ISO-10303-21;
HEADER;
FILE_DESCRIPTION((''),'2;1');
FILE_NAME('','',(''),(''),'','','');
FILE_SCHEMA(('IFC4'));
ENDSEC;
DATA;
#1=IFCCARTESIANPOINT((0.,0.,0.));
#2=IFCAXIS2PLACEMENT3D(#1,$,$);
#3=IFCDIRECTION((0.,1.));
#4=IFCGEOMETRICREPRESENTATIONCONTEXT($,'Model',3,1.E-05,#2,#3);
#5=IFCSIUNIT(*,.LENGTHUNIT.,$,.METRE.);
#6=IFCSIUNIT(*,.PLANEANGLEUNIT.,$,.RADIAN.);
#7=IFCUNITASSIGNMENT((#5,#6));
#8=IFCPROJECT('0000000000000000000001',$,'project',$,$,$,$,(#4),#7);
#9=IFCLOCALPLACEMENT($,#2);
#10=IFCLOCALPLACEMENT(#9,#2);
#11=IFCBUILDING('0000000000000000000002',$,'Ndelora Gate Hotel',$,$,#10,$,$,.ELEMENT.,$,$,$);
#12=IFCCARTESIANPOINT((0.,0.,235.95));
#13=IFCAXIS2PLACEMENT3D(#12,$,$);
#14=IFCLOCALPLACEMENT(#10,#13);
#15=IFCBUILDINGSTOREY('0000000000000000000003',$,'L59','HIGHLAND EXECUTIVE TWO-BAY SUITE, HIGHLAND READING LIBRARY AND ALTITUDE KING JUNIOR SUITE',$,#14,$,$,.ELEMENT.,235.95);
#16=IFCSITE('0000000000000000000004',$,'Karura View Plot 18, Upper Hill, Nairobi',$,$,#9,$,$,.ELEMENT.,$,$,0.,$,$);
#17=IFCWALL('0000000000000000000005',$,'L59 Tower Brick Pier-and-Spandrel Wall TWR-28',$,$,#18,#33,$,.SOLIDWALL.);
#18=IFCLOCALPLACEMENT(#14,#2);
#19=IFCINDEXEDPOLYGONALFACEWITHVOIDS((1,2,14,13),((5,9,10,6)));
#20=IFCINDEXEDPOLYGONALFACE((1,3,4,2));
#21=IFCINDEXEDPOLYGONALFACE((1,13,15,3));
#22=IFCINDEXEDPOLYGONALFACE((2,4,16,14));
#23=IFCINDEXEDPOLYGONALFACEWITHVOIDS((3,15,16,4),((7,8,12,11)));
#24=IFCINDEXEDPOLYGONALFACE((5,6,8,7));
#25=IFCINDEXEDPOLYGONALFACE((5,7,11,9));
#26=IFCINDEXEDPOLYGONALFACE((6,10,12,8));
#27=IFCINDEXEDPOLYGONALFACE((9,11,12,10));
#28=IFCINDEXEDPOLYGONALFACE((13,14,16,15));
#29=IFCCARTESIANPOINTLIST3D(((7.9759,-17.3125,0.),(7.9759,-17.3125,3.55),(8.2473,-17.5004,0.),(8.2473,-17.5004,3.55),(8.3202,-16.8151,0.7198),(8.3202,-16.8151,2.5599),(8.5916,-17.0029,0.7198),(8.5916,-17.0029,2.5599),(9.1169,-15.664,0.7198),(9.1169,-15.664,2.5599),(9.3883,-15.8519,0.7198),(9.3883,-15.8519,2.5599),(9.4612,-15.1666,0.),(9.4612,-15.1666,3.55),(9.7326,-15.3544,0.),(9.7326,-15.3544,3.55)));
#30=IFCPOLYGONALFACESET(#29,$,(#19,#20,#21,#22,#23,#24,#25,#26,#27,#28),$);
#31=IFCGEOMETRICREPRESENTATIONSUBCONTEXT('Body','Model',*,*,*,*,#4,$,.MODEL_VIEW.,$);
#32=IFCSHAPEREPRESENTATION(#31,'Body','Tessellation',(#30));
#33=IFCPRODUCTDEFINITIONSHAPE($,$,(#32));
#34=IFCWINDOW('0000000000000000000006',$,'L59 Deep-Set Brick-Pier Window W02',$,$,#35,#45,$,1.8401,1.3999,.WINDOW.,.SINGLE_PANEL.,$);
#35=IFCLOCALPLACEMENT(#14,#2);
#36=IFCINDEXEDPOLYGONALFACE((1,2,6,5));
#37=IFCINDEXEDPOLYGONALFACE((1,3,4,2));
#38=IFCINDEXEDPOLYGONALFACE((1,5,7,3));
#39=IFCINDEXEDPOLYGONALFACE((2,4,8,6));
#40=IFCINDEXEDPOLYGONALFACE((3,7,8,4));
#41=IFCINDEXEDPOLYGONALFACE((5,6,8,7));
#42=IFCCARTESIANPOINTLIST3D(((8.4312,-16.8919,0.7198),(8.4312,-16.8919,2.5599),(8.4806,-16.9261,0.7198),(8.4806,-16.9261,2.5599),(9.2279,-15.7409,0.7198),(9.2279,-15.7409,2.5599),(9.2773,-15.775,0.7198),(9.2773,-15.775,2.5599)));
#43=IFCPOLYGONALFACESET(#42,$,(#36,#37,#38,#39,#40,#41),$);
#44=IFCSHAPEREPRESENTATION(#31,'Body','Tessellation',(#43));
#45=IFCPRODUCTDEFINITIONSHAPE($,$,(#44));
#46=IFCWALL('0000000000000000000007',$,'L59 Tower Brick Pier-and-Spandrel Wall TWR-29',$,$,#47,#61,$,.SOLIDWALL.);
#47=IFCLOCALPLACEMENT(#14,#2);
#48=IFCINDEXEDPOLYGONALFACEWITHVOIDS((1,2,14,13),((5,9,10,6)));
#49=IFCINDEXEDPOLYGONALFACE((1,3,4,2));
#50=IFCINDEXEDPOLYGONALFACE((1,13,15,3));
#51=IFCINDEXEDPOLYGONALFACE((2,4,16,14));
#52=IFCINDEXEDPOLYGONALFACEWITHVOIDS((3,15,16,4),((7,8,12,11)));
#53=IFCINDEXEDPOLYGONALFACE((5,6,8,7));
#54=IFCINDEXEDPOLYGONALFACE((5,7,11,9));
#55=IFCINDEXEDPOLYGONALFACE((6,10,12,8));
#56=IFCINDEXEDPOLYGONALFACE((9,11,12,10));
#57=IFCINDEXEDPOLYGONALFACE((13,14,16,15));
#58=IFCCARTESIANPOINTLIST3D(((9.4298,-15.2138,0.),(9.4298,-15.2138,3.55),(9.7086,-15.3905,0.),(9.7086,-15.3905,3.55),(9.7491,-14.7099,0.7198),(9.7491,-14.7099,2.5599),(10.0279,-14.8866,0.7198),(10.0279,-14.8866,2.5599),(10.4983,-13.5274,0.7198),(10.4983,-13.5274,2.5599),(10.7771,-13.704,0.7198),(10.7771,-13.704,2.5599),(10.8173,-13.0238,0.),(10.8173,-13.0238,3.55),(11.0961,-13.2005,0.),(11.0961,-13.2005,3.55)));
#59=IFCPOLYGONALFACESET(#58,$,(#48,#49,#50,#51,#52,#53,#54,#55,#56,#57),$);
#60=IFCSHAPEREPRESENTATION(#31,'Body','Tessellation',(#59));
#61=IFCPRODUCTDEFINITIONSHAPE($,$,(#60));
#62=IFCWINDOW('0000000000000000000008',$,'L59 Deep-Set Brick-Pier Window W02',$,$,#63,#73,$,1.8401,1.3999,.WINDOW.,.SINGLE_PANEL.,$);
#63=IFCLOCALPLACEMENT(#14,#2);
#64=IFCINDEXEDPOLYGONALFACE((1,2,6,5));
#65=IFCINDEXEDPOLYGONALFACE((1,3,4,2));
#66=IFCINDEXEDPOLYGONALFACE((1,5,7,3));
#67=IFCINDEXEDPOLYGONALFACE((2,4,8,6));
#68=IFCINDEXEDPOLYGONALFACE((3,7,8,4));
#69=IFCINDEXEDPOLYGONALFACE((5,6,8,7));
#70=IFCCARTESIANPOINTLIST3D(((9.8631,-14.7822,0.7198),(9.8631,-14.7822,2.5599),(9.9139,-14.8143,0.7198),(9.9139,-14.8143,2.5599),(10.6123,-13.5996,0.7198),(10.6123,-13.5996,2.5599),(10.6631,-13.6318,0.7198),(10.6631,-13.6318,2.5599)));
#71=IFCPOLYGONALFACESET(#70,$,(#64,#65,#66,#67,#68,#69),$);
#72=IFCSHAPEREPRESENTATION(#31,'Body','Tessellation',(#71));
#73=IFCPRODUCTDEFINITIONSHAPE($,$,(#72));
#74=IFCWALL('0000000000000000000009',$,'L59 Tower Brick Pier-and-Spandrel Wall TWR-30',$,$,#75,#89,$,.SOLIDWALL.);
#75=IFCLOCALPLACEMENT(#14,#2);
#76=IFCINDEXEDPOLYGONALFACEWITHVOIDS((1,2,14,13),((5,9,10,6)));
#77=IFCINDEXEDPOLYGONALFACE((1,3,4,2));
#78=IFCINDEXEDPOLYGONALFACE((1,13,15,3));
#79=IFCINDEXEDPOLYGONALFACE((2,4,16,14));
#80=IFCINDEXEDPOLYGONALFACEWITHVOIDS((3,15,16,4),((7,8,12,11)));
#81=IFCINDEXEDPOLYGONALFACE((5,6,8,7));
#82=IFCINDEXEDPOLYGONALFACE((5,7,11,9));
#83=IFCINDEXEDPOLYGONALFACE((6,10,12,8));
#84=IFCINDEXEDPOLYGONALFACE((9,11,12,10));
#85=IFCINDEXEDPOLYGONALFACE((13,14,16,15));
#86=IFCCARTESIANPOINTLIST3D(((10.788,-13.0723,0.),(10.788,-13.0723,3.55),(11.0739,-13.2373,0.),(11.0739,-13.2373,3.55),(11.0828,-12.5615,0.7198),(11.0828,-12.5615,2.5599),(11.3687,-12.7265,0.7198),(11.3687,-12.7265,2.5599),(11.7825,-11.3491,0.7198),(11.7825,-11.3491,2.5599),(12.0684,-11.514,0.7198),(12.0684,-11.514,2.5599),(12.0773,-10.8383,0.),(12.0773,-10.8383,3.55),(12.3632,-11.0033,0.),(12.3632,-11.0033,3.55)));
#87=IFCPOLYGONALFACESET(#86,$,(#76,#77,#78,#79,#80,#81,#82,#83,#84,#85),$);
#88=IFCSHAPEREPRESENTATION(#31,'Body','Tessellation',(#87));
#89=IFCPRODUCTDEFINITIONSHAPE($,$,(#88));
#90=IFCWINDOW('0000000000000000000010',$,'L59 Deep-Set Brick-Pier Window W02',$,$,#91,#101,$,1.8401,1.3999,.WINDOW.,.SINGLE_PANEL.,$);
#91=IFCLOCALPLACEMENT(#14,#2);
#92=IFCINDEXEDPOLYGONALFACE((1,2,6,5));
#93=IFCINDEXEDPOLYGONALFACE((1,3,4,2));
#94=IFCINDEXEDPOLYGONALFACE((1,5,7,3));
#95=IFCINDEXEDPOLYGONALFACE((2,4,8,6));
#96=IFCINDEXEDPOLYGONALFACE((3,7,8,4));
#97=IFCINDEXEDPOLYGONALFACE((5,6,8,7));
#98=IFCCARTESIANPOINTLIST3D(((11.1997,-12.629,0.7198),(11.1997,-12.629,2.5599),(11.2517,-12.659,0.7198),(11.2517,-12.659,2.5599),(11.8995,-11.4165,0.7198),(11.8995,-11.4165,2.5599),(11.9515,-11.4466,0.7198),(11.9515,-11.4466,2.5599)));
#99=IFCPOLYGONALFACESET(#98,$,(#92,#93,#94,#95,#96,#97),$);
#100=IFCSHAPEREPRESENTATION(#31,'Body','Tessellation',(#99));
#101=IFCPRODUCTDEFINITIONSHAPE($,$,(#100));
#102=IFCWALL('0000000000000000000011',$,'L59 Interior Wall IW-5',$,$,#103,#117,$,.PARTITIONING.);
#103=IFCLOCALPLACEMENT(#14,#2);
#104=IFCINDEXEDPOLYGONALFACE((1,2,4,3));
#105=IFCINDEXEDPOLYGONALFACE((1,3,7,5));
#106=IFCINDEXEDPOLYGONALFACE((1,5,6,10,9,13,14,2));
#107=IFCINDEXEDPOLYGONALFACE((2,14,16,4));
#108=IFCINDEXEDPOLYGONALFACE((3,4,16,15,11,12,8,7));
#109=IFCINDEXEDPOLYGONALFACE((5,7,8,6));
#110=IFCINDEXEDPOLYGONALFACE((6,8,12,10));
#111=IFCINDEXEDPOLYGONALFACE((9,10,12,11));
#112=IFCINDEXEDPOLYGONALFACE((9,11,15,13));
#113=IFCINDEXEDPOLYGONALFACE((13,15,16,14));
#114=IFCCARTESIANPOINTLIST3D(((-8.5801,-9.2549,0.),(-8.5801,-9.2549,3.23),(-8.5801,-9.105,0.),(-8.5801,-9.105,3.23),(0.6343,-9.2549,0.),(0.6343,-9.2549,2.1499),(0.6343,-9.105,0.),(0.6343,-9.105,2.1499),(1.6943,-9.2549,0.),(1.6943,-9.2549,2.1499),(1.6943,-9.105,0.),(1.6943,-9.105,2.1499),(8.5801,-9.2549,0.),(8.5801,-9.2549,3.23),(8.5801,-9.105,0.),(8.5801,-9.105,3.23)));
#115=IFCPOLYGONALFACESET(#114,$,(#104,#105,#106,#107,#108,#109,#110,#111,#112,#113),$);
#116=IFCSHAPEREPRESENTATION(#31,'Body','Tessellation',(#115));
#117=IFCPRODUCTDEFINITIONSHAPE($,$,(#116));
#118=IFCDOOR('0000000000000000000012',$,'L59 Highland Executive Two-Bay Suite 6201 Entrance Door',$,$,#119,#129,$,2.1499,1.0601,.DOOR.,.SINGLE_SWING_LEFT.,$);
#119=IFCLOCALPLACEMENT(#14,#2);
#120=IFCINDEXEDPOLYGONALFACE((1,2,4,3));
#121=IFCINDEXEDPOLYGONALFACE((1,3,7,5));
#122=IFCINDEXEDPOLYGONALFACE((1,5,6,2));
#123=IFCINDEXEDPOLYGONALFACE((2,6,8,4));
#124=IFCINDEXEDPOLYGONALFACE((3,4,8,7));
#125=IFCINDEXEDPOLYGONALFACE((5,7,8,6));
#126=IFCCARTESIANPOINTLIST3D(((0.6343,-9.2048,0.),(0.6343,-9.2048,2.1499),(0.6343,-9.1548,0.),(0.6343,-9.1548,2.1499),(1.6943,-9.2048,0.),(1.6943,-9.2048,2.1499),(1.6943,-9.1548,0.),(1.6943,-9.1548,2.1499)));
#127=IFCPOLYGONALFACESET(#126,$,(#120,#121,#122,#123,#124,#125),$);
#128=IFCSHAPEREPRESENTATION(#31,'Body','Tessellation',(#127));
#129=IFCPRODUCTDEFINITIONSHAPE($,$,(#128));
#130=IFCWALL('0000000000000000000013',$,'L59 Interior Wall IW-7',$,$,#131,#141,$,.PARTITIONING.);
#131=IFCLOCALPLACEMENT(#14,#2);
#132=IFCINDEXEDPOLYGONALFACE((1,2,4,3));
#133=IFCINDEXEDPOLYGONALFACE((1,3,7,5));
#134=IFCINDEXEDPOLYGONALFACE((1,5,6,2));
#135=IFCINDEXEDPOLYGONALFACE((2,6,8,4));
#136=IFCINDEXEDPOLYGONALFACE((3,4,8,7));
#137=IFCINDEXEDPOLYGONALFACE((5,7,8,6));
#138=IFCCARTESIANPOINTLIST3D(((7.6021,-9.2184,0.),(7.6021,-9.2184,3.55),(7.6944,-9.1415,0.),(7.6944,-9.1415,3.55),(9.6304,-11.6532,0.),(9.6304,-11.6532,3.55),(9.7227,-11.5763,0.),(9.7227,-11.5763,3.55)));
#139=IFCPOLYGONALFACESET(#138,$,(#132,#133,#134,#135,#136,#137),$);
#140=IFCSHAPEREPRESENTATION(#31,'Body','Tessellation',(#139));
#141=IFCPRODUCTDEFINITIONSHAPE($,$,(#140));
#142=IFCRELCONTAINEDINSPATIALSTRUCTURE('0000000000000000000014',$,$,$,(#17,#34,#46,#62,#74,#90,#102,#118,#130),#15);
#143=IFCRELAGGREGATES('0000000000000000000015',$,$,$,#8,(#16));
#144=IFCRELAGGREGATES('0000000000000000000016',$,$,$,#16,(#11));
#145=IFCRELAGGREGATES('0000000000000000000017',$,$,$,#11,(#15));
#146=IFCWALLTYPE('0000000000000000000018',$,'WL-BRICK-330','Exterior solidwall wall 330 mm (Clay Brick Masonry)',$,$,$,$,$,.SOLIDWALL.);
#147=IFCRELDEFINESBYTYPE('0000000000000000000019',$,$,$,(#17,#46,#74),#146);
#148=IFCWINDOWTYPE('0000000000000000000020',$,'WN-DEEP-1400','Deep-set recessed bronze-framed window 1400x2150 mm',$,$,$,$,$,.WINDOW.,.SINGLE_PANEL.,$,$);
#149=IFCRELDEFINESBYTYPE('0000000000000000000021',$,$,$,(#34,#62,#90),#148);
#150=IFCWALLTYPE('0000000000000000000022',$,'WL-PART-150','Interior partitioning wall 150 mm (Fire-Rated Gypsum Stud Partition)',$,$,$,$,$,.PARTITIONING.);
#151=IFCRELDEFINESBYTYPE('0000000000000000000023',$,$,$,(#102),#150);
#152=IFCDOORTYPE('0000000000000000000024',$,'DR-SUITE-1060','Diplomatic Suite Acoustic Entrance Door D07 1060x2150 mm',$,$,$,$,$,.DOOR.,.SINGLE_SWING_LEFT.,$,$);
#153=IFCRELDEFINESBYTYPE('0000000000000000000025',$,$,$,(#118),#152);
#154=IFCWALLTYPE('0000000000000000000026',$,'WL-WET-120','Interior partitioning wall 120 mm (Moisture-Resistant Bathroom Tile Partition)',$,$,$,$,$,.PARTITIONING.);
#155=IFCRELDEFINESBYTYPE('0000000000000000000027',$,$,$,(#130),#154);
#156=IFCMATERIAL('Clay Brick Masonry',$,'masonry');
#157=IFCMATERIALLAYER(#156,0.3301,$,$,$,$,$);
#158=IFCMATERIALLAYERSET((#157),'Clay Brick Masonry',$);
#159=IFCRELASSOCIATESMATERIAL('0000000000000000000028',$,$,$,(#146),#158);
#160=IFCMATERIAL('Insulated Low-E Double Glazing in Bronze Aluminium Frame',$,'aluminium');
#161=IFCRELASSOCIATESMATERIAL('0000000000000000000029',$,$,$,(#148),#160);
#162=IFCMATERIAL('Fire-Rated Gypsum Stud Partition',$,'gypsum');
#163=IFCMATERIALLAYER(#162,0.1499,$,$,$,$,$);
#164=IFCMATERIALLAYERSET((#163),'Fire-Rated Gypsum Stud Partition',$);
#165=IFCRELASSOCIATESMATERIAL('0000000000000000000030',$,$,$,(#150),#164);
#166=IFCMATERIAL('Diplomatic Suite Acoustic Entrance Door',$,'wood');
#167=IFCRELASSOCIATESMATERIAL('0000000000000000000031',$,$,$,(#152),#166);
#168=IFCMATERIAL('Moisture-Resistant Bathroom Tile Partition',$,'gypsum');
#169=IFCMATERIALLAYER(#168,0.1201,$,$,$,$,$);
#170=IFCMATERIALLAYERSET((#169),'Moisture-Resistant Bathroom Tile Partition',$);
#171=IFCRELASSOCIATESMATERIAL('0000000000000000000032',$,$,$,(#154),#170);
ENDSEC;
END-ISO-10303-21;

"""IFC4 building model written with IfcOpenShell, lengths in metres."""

from ifc_helpers import new_model, si_unit, direction, frame, frame_2d, origin, place, context, subcontext, project, spatial, rectangle, extrude, material, layer, layer_set, type_object, element, fill, save


model = new_model("IFC4")

# Units and contexts
model_context = context("Model", 3, precision=1e-05, world=origin(), true_north=direction((0.0, 1.0)))
body_context = subcontext(model_context, "Body", "Model", "MODEL_VIEW")
ifc_project = project(units=[si_unit("LENGTHUNIT", "METRE"), si_unit("PLANEANGLEUNIT", "RADIAN")], contexts=[model_context])

# Site, building, storey
site_placement = place(None, origin())
site = spatial("IfcSite", under=ifc_project, at=site_placement, Name="Karura View Plot 18, Upper Hill, Nairobi", CompositionType="ELEMENT", RefElevation=0.0)
building_placement = place(site_placement, origin())
building = spatial("IfcBuilding", under=site, at=building_placement, Name="Ndelora Gate Hotel", CompositionType="ELEMENT")
storey_placement = place(building_placement, frame((0.0, 0.0, 235.95)))
storey = spatial("IfcBuildingStorey", under=building, at=storey_placement, Name="L59", Description="HIGHLAND EXECUTIVE TWO-BAY SUITE, HIGHLAND READING LIBRARY AND ALTITUDE KING JUNIOR SUITE", CompositionType="ELEMENT", Elevation=235.95)

# Shared definitions
ifc_material_1 = material(Name="Clay Brick Masonry", Category="masonry")
ifc_layer_1 = layer(ifc_material_1, 0.3301)
ifc_layer_set_1 = layer_set([ifc_layer_1], Name="Clay Brick Masonry")
wall_type_1 = type_object("IfcWallType", Name="WL-BRICK-330", Description="Exterior solidwall wall 330 mm (Clay Brick Masonry)", PredefinedType="SOLIDWALL", material=ifc_layer_set_1)

# Walls, openings, windows
ifc_material_2 = material(Name="Insulated Low-E Double Glazing in Bronze Aluminium Frame", Category="aluminium")
window_type = type_object("IfcWindowType", Name="WN-DEEP-1400", Description="Deep-set recessed bronze-framed window 1400x2150 mm", PartitioningType="SINGLE_PANEL", PredefinedType="WINDOW", material=ifc_material_2)
wall_1_placement = place(storey_placement, frame((9.5969, -15.2605, 0.0), z_axis=(0.0, 0.0, 1.0), x_axis=(-0.569122, -0.822253, 0.0)))
wall_1 = element("IfcWall", 1, at=wall_1_placement, inside=storey, type_object=wall_type_1, Name="L59 Tower Brick Pier-and-Spandrel Wall TWR-28", PredefinedType="SOLIDWALL", context=body_context, shape_type="SweptSolid", body=[
    extrude(rectangle(XDim=2.6099, YDim=0.3301, at=frame_2d((1.3049, 0.0))), origin(), (0.0, 0.0, 1.0), 3.55),
])
opening_1_placement = place(wall_1_placement, frame((0.605, 0.0, 0.72)))
opening_1 = element("IfcOpeningElement", 2, at=opening_1_placement, cuts=wall_1, PredefinedType="OPENING", context=body_context, shape_type="SweptSolid", body=[
    extrude(rectangle(XDim=1.3999, YDim=1.8401, at=frame_2d((0.7, 0.9199))), frame((0.0, 0.175, 0.0), z_axis=(0.0, -1.0, 0.0), x_axis=(1.0, 0.0, 0.0)), (0.0, 0.0, 1.0), 0.3501),
])
window_1_placement = place(opening_1_placement, origin())
window_1 = element("IfcWindow", 3, at=window_1_placement, inside=storey, type_object=window_type, Name="L59 Deep-Set Brick-Pier Window W02", OverallHeight=1.8401, OverallWidth=1.3999, PartitioningType="SINGLE_PANEL", PredefinedType="WINDOW", context=body_context, shape_type="SweptSolid", body=[
    extrude(rectangle(XDim=1.3999, YDim=1.8401, at=frame_2d((0.7, 0.9199))), frame((0.0, 0.03, 0.0), z_axis=(0.0, -1.0, 0.0), x_axis=(1.0, 0.0, 0.0)), (0.0, 0.0, 1.0), 0.0601),
])
fill(opening_1, window_1)
wall_2_placement = place(storey_placement, frame((10.9568, -13.1121, 0.0), z_axis=(0.0, 0.0, 1.0), x_axis=(-0.535187, -0.844734, 0.0)))
wall_2 = element("IfcWall", 4, at=wall_2_placement, inside=storey, type_object=wall_type_1, Name="L59 Tower Brick Pier-and-Spandrel Wall TWR-29", PredefinedType="SOLIDWALL", context=body_context, shape_type="SweptSolid", body=[
    extrude(rectangle(XDim=2.5925, YDim=0.3301, at=frame_2d((1.2964, 0.0))), origin(), (0.0, 0.0, 1.0), 3.55),
])
opening_2_placement = place(wall_2_placement, frame((0.5962, 0.0, 0.72)))
opening_2 = element("IfcOpeningElement", 5, at=opening_2_placement, cuts=wall_2, PredefinedType="OPENING", context=body_context, shape_type="SweptSolid", body=[
    extrude(rectangle(XDim=1.3999, YDim=1.8401, at=frame_2d((0.7, 0.9199))), frame((0.0, 0.175, 0.0), z_axis=(0.0, -1.0, 0.0), x_axis=(1.0, 0.0, 0.0)), (0.0, 0.0, 1.0), 0.3501),
])
window_2_placement = place(opening_2_placement, origin())
window_2 = element("IfcWindow", 6, at=window_2_placement, inside=storey, type_object=window_type, Name="L59 Deep-Set Brick-Pier Window W02", OverallHeight=1.8401, OverallWidth=1.3999, PartitioningType="SINGLE_PANEL", PredefinedType="WINDOW", context=body_context, shape_type="SweptSolid", body=[
    extrude(rectangle(XDim=1.3999, YDim=1.8401, at=frame_2d((0.7, 0.9199))), frame((0.0, 0.03, 0.0), z_axis=(0.0, -1.0, 0.0), x_axis=(1.0, 0.0, 0.0)), (0.0, 0.0, 1.0), 0.0601),
])
fill(opening_2, window_2)
wall_3_placement = place(storey_placement, frame((12.2202, -10.9209, 0.0), z_axis=(0.0, 0.0, 1.0), x_axis=(-0.499875, -0.866097, 0.0)))
wall_3 = element("IfcWall", 7, at=wall_3_placement, inside=storey, type_object=wall_type_1, Name="L59 Tower Brick Pier-and-Spandrel Wall TWR-30", PredefinedType="SOLIDWALL", context=body_context, shape_type="SweptSolid", body=[
    extrude(rectangle(XDim=2.5793, YDim=0.3301, at=frame_2d((1.2896, 0.0))), origin(), (0.0, 0.0, 1.0), 3.55),
])
opening_3_placement = place(wall_3_placement, frame((0.5896, 0.0, 0.72)))
opening_3 = element("IfcOpeningElement", 8, at=opening_3_placement, cuts=wall_3, PredefinedType="OPENING", context=body_context, shape_type="SweptSolid", body=[
    extrude(rectangle(XDim=1.3999, YDim=1.8401, at=frame_2d((0.7, 0.9199))), frame((0.0, 0.175, 0.0), z_axis=(0.0, -1.0, 0.0), x_axis=(1.0, 0.0, 0.0)), (0.0, 0.0, 1.0), 0.3501),
])
window_3_placement = place(opening_3_placement, origin())
window_3 = element("IfcWindow", 9, at=window_3_placement, inside=storey, type_object=window_type, Name="L59 Deep-Set Brick-Pier Window W02", OverallHeight=1.8401, OverallWidth=1.3999, PartitioningType="SINGLE_PANEL", PredefinedType="WINDOW", context=body_context, shape_type="SweptSolid", body=[
    extrude(rectangle(XDim=1.3999, YDim=1.8401, at=frame_2d((0.7, 0.9199))), frame((0.0, 0.03, 0.0), z_axis=(0.0, -1.0, 0.0), x_axis=(1.0, 0.0, 0.0)), (0.0, 0.0, 1.0), 0.0601),
])
fill(opening_3, window_3)

# Wall, opening, door
ifc_material_3 = material(Name="Fire-Rated Gypsum Stud Partition", Category="gypsum")
ifc_layer_2 = layer(ifc_material_3, 0.1499)
ifc_layer_set_2 = layer_set([ifc_layer_2], Name="Fire-Rated Gypsum Stud Partition")
wall_type_2 = type_object("IfcWallType", Name="WL-PART-150", Description="Interior partitioning wall 150 mm (Fire-Rated Gypsum Stud Partition)", PredefinedType="PARTITIONING", material=ifc_layer_set_2)
wall_4_placement = place(storey_placement, frame((8.5801, -9.1799, 0.0), z_axis=(0.0, 0.0, 1.0), x_axis=(-1.0, 0.0, 0.0)))
wall_4 = element("IfcWall", 10, at=wall_4_placement, inside=storey, type_object=wall_type_2, Name="L59 Interior Wall IW-5", PredefinedType="PARTITIONING", context=body_context, shape_type="SweptSolid", body=[
    extrude(rectangle(XDim=17.1602, YDim=0.1499, at=frame_2d((8.5801, 0.0))), origin(), (0.0, 0.0, 1.0), 3.23),
])
opening_4_placement = place(wall_4_placement, frame((6.8857, 0.0, 0.0)))
opening_4 = element("IfcOpeningElement", 11, at=opening_4_placement, cuts=wall_4, PredefinedType="OPENING", context=body_context, shape_type="SweptSolid", body=[
    extrude(rectangle(XDim=1.0601, YDim=2.1499, at=frame_2d((0.53, 1.075))), frame((0.0, 0.085, 0.0), z_axis=(0.0, -1.0, 0.0), x_axis=(1.0, 0.0, 0.0)), (0.0, 0.0, 1.0), 0.1699),
])
ifc_material_4 = material(Name="Diplomatic Suite Acoustic Entrance Door", Category="wood")
door_type_1 = type_object("IfcDoorType", Name="DR-SUITE-1060", Description="Diplomatic Suite Acoustic Entrance Door D07 1060x2150 mm", OperationType="SINGLE_SWING_LEFT", PredefinedType="DOOR", material=ifc_material_4)
door_1_placement = place(opening_4_placement, origin())
door_1 = element("IfcDoor", 12, at=door_1_placement, inside=storey, type_object=door_type_1, Name="L59 Highland Executive Two-Bay Suite 6201 Entrance Door", OperationType="SINGLE_SWING_LEFT", OverallHeight=2.1499, OverallWidth=1.0601, PredefinedType="DOOR", context=body_context, shape_type="SweptSolid", body=[
    extrude(rectangle(XDim=1.0601, YDim=2.1499, at=frame_2d((0.53, 1.075))), frame((0.0, 0.0249, 0.0), z_axis=(0.0, -1.0, 0.0), x_axis=(1.0, 0.0, 0.0)), (0.0, 0.0, 1.0), 0.05),
])
fill(opening_4, door_1)

# Wall
ifc_material_5 = material(Name="Moisture-Resistant Bathroom Tile Partition", Category="gypsum")
ifc_layer_3 = layer(ifc_material_5, 0.1201)
ifc_layer_set_3 = layer_set([ifc_layer_3], Name="Moisture-Resistant Bathroom Tile Partition")
wall_type_3 = type_object("IfcWallType", Name="WL-WET-120", Description="Interior partitioning wall 120 mm (Moisture-Resistant Bathroom Tile Partition)", PredefinedType="PARTITIONING", material=ifc_layer_set_3)
wall_5_placement = place(storey_placement, frame((9.6765, -11.6147, 0.0), z_axis=(0.0, 0.0, 1.0), x_axis=(-0.640056, 0.768329, 0.0)))
element("IfcWall", 13, at=wall_5_placement, inside=storey, type_object=wall_type_3, Name="L59 Interior Wall IW-7", PredefinedType="PARTITIONING", context=body_context, shape_type="SweptSolid", body=[
    extrude(rectangle(XDim=3.1689, YDim=0.1201, at=frame_2d((1.5845, 0.0))), origin(), (0.0, 0.0, 1.0), 3.55),
])

save(model, "model.ifc")
